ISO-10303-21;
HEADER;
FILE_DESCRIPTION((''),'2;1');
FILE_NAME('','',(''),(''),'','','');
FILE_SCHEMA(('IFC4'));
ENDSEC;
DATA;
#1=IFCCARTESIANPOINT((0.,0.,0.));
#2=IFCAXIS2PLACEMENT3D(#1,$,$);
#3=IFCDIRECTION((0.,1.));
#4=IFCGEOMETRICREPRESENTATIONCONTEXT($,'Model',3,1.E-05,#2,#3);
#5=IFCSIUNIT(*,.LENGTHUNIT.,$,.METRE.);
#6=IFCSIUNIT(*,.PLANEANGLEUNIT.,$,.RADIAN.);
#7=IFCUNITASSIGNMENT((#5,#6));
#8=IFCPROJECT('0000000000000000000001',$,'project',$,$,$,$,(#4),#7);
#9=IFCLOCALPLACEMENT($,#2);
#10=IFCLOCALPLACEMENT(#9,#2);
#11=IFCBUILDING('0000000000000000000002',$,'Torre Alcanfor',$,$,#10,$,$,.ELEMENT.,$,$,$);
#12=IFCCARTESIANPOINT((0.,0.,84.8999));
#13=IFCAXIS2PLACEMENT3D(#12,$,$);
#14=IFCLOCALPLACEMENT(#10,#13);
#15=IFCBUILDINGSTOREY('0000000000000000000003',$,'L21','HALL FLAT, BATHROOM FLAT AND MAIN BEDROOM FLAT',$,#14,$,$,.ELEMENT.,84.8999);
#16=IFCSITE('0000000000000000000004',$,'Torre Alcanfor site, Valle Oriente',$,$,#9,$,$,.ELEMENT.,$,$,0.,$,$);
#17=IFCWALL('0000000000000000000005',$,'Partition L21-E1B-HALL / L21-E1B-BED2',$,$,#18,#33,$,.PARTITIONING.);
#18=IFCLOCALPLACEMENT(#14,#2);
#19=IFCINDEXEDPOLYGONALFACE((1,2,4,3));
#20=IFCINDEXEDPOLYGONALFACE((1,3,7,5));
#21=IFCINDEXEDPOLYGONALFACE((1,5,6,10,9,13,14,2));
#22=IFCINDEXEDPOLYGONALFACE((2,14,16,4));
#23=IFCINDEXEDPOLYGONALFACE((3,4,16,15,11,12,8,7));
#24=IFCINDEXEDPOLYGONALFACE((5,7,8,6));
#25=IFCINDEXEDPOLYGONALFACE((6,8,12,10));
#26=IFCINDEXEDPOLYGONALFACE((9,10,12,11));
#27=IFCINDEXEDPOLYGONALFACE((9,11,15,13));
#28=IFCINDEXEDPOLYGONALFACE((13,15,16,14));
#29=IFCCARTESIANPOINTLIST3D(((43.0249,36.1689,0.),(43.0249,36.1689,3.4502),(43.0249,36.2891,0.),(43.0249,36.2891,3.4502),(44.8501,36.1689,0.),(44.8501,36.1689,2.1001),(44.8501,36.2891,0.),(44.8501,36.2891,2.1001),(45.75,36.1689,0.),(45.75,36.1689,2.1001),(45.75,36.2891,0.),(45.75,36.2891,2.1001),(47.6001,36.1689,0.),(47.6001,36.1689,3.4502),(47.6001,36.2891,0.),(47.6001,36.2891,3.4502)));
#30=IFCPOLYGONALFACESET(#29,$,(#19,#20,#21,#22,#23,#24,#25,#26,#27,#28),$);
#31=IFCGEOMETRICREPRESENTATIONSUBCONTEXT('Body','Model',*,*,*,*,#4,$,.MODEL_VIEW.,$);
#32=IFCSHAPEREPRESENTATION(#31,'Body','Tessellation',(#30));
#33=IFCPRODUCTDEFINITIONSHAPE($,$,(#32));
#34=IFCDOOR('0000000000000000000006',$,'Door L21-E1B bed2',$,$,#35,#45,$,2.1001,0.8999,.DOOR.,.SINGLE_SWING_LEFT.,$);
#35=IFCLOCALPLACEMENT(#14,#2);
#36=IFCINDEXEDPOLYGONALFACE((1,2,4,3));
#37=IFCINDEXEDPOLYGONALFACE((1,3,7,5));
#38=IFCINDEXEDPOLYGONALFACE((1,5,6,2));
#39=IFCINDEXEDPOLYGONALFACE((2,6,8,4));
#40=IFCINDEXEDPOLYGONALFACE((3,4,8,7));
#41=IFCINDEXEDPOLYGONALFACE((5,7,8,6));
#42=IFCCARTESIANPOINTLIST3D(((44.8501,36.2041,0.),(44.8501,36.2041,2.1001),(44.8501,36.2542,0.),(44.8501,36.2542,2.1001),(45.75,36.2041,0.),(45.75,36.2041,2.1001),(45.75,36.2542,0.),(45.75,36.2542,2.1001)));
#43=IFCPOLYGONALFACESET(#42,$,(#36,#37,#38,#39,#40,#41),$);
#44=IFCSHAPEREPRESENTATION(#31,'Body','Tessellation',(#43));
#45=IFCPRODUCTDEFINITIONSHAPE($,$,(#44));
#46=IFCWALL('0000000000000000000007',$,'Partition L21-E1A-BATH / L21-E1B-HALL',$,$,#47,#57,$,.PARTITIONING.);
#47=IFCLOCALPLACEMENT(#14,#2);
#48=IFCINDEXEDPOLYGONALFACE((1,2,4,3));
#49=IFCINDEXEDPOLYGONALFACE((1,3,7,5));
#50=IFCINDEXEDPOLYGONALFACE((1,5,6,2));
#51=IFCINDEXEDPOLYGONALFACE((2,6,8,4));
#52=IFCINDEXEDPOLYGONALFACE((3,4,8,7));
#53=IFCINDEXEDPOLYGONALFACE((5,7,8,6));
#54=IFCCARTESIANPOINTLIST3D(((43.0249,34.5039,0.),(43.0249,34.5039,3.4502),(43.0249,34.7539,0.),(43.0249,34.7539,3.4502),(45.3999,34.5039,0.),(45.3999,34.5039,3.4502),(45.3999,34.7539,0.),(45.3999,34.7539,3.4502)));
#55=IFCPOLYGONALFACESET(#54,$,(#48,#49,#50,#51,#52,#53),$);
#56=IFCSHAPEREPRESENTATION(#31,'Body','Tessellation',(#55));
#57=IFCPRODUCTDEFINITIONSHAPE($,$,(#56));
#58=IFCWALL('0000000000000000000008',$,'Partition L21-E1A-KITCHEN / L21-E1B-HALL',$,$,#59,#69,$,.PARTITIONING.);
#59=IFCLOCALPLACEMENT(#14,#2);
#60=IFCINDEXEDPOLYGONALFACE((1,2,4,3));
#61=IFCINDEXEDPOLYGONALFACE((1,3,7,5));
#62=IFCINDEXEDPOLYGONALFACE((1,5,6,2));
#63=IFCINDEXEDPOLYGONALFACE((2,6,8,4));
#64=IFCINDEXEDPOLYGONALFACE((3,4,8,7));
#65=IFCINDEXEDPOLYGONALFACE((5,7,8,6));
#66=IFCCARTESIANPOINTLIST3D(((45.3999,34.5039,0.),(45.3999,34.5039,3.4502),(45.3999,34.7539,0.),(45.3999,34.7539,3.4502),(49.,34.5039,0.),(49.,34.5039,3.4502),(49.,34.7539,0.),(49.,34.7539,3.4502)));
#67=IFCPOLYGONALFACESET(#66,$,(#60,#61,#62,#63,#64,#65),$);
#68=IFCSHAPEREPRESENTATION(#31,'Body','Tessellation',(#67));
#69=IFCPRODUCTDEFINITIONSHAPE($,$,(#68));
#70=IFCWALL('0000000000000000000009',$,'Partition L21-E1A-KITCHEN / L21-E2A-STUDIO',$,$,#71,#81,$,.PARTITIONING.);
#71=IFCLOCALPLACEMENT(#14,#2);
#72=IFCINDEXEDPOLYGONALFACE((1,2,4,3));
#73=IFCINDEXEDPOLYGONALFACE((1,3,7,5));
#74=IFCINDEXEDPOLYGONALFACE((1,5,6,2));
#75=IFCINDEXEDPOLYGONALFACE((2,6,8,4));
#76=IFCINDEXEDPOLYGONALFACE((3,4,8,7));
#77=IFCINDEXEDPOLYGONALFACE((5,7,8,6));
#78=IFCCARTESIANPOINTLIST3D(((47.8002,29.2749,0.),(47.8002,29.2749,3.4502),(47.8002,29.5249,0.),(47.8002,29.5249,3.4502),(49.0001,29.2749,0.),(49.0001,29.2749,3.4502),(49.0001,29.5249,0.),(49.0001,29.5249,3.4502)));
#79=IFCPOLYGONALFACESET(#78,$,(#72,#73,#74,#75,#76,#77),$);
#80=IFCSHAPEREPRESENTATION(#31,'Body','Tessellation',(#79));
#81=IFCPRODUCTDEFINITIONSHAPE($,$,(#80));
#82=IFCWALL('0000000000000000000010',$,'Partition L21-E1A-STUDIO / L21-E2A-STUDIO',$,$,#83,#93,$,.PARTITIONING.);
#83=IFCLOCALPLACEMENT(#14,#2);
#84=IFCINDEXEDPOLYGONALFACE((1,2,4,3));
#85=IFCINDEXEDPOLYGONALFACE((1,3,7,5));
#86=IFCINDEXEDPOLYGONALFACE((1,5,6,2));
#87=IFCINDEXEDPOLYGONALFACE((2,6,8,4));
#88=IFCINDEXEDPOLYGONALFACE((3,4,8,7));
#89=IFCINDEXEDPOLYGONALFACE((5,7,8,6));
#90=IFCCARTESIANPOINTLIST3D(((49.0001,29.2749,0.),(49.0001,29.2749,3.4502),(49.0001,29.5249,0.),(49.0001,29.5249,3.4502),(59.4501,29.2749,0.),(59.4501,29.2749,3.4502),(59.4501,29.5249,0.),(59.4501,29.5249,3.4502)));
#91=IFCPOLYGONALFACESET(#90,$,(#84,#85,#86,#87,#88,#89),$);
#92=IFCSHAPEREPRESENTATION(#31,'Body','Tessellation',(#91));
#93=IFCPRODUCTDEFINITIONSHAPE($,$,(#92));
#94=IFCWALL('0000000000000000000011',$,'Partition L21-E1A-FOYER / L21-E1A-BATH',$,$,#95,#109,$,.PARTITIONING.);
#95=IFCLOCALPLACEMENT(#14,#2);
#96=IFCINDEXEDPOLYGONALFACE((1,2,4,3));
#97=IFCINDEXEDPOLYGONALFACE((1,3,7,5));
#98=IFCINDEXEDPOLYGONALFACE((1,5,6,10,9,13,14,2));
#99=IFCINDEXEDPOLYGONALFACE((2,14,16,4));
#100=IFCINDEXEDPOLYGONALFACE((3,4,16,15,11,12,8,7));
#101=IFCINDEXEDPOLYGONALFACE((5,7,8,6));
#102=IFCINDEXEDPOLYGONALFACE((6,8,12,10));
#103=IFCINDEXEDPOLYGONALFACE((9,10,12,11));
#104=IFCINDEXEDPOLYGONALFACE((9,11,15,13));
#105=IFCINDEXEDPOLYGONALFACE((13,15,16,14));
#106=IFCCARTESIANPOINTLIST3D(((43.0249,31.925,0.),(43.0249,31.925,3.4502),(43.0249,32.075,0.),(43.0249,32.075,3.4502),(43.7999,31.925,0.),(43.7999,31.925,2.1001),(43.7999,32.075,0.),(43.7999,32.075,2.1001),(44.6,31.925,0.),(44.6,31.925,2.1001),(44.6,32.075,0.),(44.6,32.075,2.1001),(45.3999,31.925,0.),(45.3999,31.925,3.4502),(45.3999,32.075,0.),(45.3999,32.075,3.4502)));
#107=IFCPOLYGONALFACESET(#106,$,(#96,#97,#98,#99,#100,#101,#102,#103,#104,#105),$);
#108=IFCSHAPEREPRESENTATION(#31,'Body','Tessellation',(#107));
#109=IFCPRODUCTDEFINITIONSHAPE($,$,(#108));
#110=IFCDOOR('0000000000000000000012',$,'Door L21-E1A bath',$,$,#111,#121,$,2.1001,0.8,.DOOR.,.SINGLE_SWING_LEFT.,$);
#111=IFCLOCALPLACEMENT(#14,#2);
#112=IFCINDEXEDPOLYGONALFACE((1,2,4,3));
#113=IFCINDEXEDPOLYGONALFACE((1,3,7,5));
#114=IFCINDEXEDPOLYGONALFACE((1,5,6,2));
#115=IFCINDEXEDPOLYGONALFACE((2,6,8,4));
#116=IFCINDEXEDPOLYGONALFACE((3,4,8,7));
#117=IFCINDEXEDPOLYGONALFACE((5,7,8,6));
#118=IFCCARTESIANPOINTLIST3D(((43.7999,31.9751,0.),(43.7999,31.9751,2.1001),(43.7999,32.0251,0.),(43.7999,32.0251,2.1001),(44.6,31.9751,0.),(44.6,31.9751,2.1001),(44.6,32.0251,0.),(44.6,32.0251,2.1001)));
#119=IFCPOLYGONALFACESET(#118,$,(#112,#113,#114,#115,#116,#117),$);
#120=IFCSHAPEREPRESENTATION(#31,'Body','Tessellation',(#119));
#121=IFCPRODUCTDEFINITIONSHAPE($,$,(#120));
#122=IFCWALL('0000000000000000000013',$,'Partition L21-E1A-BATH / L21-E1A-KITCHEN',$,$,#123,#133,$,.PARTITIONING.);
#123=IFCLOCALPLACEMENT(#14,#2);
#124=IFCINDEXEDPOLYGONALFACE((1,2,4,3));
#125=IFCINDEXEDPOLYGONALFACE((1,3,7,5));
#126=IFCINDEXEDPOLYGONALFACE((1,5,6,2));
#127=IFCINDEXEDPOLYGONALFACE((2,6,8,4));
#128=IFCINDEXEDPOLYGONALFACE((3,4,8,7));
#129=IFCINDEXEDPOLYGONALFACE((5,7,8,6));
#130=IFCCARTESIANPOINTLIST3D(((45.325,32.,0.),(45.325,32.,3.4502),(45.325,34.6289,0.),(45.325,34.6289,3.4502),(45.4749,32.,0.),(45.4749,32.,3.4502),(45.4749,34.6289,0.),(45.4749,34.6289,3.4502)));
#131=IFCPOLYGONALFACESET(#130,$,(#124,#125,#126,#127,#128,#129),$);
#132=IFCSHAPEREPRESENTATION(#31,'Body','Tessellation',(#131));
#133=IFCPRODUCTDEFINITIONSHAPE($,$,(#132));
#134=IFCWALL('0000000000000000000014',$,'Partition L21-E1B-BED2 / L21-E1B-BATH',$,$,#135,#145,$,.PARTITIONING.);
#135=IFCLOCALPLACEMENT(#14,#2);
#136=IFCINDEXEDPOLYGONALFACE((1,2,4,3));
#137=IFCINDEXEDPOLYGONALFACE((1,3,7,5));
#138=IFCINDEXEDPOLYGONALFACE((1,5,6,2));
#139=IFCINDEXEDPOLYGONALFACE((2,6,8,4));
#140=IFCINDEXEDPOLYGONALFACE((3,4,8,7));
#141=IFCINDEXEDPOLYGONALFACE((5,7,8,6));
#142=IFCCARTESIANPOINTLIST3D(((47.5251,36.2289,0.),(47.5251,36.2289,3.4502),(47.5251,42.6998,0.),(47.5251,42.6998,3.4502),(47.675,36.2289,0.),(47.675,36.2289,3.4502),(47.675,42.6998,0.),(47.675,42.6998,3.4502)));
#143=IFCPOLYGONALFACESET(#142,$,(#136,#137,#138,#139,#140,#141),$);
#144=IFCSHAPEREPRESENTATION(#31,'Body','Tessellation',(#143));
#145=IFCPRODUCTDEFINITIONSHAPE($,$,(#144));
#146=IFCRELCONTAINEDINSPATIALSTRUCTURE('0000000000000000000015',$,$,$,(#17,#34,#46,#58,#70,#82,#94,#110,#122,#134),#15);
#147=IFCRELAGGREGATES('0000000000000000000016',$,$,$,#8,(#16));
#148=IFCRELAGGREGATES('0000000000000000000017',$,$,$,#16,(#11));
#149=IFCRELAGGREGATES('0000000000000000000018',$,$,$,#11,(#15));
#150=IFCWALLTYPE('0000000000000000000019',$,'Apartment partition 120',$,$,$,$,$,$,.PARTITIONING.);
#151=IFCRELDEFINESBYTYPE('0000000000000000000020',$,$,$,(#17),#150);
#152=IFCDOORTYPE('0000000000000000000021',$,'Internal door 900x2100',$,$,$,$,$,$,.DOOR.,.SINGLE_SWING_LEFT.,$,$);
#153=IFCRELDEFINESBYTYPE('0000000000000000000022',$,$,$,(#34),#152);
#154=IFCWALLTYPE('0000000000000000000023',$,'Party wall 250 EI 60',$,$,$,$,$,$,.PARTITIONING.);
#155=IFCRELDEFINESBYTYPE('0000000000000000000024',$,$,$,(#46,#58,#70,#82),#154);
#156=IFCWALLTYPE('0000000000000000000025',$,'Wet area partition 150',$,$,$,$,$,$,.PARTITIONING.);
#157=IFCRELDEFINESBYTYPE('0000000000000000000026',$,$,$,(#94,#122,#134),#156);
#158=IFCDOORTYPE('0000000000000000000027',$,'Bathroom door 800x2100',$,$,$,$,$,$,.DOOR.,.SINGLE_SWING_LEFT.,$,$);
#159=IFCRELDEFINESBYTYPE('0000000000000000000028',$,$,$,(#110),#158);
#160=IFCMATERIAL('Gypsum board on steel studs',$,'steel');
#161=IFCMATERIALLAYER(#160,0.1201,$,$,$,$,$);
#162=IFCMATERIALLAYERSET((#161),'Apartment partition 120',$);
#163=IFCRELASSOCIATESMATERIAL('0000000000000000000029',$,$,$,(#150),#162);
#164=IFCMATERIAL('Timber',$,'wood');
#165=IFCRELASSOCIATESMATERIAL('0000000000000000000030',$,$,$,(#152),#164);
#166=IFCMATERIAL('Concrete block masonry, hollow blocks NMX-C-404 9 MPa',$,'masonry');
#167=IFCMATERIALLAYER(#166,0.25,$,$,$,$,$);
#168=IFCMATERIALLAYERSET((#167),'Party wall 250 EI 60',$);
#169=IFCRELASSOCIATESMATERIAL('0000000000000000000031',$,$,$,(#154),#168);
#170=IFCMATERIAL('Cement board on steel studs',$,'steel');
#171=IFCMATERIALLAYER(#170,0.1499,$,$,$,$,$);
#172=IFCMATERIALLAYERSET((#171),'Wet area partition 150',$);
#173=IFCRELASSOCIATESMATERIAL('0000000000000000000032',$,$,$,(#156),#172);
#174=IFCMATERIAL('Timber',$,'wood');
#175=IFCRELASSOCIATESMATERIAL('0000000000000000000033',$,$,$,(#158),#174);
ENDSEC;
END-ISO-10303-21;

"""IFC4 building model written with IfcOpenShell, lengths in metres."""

from ifc_helpers import new_model, si_unit, direction, frame, frame_2d, origin, place, context, subcontext, project, spatial, rectangle, extrude, material, layer, layer_set, type_object, element, fill, save


model = new_model("IFC4")

# Units and contexts
model_context = context("Model", 3, precision=1e-05, world=origin(), true_north=direction((0.0, 1.0)))
body_context = subcontext(model_context, "Body", "Model", "MODEL_VIEW")
ifc_project = project(units=[si_unit("LENGTHUNIT", "METRE"), si_unit("PLANEANGLEUNIT", "RADIAN")], contexts=[model_context])

# Site, building, storey
site_placement = place(None, origin())
site = spatial("IfcSite", under=ifc_project, at=site_placement, Name="Torre Alcanfor site, Valle Oriente", CompositionType="ELEMENT", RefElevation=0.0)
building_placement = place(site_placement, origin())
building = spatial("IfcBuilding", under=site, at=building_placement, Name="Torre Alcanfor", CompositionType="ELEMENT")
storey_placement = place(building_placement, frame((0.0, 0.0, 84.8999)))
storey = spatial("IfcBuildingStorey", under=building, at=storey_placement, Name="L21", Description="HALL FLAT, BATHROOM FLAT AND MAIN BEDROOM FLAT", CompositionType="ELEMENT", Elevation=84.8999)

# Wall, opening, door
ifc_material_1 = material(Name="Gypsum board on steel studs", Category="steel")
ifc_layer_1 = layer(ifc_material_1, 0.1201)
ifc_layer_set_1 = layer_set([ifc_layer_1], Name="Apartment partition 120")
wall_type_1 = type_object("IfcWallType", Name="Apartment partition 120", PredefinedType="PARTITIONING", material=ifc_layer_set_1)
wall_1_placement = place(storey_placement, frame((47.6001, 36.229, 0.0), z_axis=(0.0, 0.0, 1.0), x_axis=(-1.0, 0.0, 0.0)))
wall_1 = element("IfcWall", 1, at=wall_1_placement, inside=storey, type_object=wall_type_1, Name="Partition L21-E1B-HALL / L21-E1B-BED2", PredefinedType="PARTITIONING", context=body_context, shape_type="SweptSolid", body=[
    extrude(rectangle(XDim=4.5752, YDim=0.1201, at=frame_2d((2.2876, 0.0))), origin(), (0.0, 0.0, 1.0), 3.4502),
])
opening_1_placement = place(wall_1_placement, frame((1.8501, 0.0, 0.0)))
opening_1 = element("IfcOpeningElement", 2, at=opening_1_placement, cuts=wall_1, PredefinedType="OPENING", context=body_context, shape_type="SweptSolid", body=[
    extrude(rectangle(XDim=0.8999, YDim=2.1001, at=frame_2d((0.45, 1.05))), frame((0.0, 0.0701, 0.0), z_axis=(0.0, -1.0, 0.0), x_axis=(1.0, 0.0, 0.0)), (0.0, 0.0, 1.0), 0.1401),
])
ifc_material_2 = material(Name="Timber", Category="wood")
door_type_1 = type_object("IfcDoorType", Name="Internal door 900x2100", OperationType="SINGLE_SWING_LEFT", PredefinedType="DOOR", material=ifc_material_2)
door_1_placement = place(opening_1_placement, frame((0.8999, 0.0, 0.0), z_axis=(0.0, 0.0, 1.0), x_axis=(-1.0, 0.0, 0.0)))
door_1 = element("IfcDoor", 3, at=door_1_placement, inside=storey, type_object=door_type_1, Name="Door L21-E1B bed2", OperationType="SINGLE_SWING_LEFT", OverallHeight=2.1001, OverallWidth=0.8999, PredefinedType="DOOR", context=body_context, shape_type="SweptSolid", body=[
    extrude(rectangle(XDim=0.8999, YDim=2.1001, at=frame_2d((0.45, 1.05))), frame((0.0, 0.0251, 0.0), z_axis=(0.0, -1.0, 0.0), x_axis=(1.0, 0.0, 0.0)), (0.0, 0.0, 1.0), 0.05),
])
fill(opening_1, door_1)

# Walls
ifc_material_3 = material(Name="Concrete block masonry, hollow blocks NMX-C-404 9 MPa", Category="masonry")
ifc_layer_2 = layer(ifc_material_3, 0.25)
ifc_layer_set_2 = layer_set([ifc_layer_2], Name="Party wall 250 EI 60")
wall_type_2 = type_object("IfcWallType", Name="Party wall 250 EI 60", PredefinedType="PARTITIONING", material=ifc_layer_set_2)
wall_2_placement = place(storey_placement, frame((45.3999, 34.6289, 0.0), z_axis=(0.0, 0.0, 1.0), x_axis=(-1.0, 0.0, 0.0)))
element("IfcWall", 4, at=wall_2_placement, inside=storey, type_object=wall_type_2, Name="Partition L21-E1A-BATH / L21-E1B-HALL", PredefinedType="PARTITIONING", context=body_context, shape_type="SweptSolid", body=[
    extrude(rectangle(XDim=2.375, YDim=0.25, at=frame_2d((1.1875, 0.0))), origin(), (0.0, 0.0, 1.0), 3.4502),
])
wall_3_placement = place(storey_placement, frame((49.0, 34.6289, 0.0), z_axis=(0.0, 0.0, 1.0), x_axis=(-1.0, 0.0, 0.0)))
element("IfcWall", 5, at=wall_3_placement, inside=storey, type_object=wall_type_2, Name="Partition L21-E1A-KITCHEN / L21-E1B-HALL", PredefinedType="PARTITIONING", context=body_context, shape_type="SweptSolid", body=[
    extrude(rectangle(XDim=3.6001, YDim=0.25, at=frame_2d((1.8, 0.0))), origin(), (0.0, 0.0, 1.0), 3.4502),
])
wall_4_placement = place(storey_placement, frame((47.8, 29.3999, 0.0), z_axis=(0.0, 0.0, 1.0), x_axis=(1.0, 0.0, 0.0)))
element("IfcWall", 6, at=wall_4_placement, inside=storey, type_object=wall_type_2, Name="Partition L21-E1A-KITCHEN / L21-E2A-STUDIO", PredefinedType="PARTITIONING", context=body_context, shape_type="SweptSolid", body=[
    extrude(rectangle(XDim=1.2, YDim=0.25, at=frame_2d((0.6001, 0.0))), origin(), (0.0, 0.0, 1.0), 3.4502),
])
wall_5_placement = place(storey_placement, frame((49.0, 29.3999, 0.0), z_axis=(0.0, 0.0, 1.0), x_axis=(1.0, 0.0, 0.0)))
element("IfcWall", 7, at=wall_5_placement, inside=storey, type_object=wall_type_2, Name="Partition L21-E1A-STUDIO / L21-E2A-STUDIO", PredefinedType="PARTITIONING", context=body_context, shape_type="SweptSolid", body=[
    extrude(rectangle(XDim=10.45, YDim=0.25, at=frame_2d((5.2251, 0.0))), origin(), (0.0, 0.0, 1.0), 3.4502),
])

# Wall, opening, door
ifc_material_4 = material(Name="Cement board on steel studs", Category="steel")
ifc_layer_3 = layer(ifc_material_4, 0.1499)
ifc_layer_set_3 = layer_set([ifc_layer_3], Name="Wet area partition 150")
wall_type_3 = type_object("IfcWallType", Name="Wet area partition 150", PredefinedType="PARTITIONING", material=ifc_layer_set_3)
wall_6_placement = place(storey_placement, frame((45.3999, 32.0, 0.0), z_axis=(0.0, 0.0, 1.0), x_axis=(-1.0, 0.0, 0.0)))
wall_6 = element("IfcWall", 8, at=wall_6_placement, inside=storey, type_object=wall_type_3, Name="Partition L21-E1A-FOYER / L21-E1A-BATH", PredefinedType="PARTITIONING", context=body_context, shape_type="SweptSolid", body=[
    extrude(rectangle(XDim=2.375, YDim=0.1499, at=frame_2d((1.1875, 0.0))), origin(), (0.0, 0.0, 1.0), 3.4502),
])
opening_2_placement = place(wall_6_placement, frame((0.8, 0.0, 0.0)))
opening_2 = element("IfcOpeningElement", 9, at=opening_2_placement, cuts=wall_6, PredefinedType="OPENING", context=body_context, shape_type="SweptSolid", body=[
    extrude(rectangle(XDim=0.8, YDim=2.1001, at=frame_2d((0.3999, 1.05))), frame((0.0, 0.085, 0.0), z_axis=(0.0, -1.0, 0.0), x_axis=(1.0, 0.0, 0.0)), (0.0, 0.0, 1.0), 0.1699),
])
ifc_material_5 = material(Name="Timber", Category="wood")
door_type_2 = type_object("IfcDoorType", Name="Bathroom door 800x2100", OperationType="SINGLE_SWING_LEFT", PredefinedType="DOOR", material=ifc_material_5)
door_2_placement = place(opening_2_placement, frame((0.8, 0.0, 0.0), z_axis=(0.0, 0.0, 1.0), x_axis=(-1.0, 0.0, 0.0)))
door_2 = element("IfcDoor", 10, at=door_2_placement, inside=storey, type_object=door_type_2, Name="Door L21-E1A bath", OperationType="SINGLE_SWING_LEFT", OverallHeight=2.1001, OverallWidth=0.8, PredefinedType="DOOR", context=body_context, shape_type="SweptSolid", body=[
    extrude(rectangle(XDim=0.8, YDim=2.1001, at=frame_2d((0.4001, 1.05))), frame((0.0, 0.0251, 0.0), z_axis=(0.0, -1.0, 0.0), x_axis=(1.0, 0.0, 0.0)), (0.0, 0.0, 1.0), 0.05),
])
fill(opening_2, door_2)

# Walls
wall_7_placement = place(storey_placement, frame((45.3999, 32.0, 0.0), z_axis=(0.0, 0.0, 1.0), x_axis=(0.0, 1.0, 0.0)))
element("IfcWall", 11, at=wall_7_placement, inside=storey, type_object=wall_type_3, Name="Partition L21-E1A-BATH / L21-E1A-KITCHEN", PredefinedType="PARTITIONING", context=body_context, shape_type="SweptSolid", body=[
    extrude(rectangle(XDim=2.6289, YDim=0.1499, at=frame_2d((1.3145, 0.0))), origin(), (0.0, 0.0, 1.0), 3.4502),
])
wall_8_placement = place(storey_placement, frame((47.6001, 36.229, 0.0), z_axis=(0.0, 0.0, 1.0), x_axis=(0.0, 1.0, 0.0)))
element("IfcWall", 12, at=wall_8_placement, inside=storey, type_object=wall_type_3, Name="Partition L21-E1B-BED2 / L21-E1B-BATH", PredefinedType="PARTITIONING", context=body_context, shape_type="SweptSolid", body=[
    extrude(rectangle(XDim=6.4709, YDim=0.1499, at=frame_2d((3.2354, 0.0))), origin(), (0.0, 0.0, 1.0), 3.4502),
])

save(model, "model.ifc")
